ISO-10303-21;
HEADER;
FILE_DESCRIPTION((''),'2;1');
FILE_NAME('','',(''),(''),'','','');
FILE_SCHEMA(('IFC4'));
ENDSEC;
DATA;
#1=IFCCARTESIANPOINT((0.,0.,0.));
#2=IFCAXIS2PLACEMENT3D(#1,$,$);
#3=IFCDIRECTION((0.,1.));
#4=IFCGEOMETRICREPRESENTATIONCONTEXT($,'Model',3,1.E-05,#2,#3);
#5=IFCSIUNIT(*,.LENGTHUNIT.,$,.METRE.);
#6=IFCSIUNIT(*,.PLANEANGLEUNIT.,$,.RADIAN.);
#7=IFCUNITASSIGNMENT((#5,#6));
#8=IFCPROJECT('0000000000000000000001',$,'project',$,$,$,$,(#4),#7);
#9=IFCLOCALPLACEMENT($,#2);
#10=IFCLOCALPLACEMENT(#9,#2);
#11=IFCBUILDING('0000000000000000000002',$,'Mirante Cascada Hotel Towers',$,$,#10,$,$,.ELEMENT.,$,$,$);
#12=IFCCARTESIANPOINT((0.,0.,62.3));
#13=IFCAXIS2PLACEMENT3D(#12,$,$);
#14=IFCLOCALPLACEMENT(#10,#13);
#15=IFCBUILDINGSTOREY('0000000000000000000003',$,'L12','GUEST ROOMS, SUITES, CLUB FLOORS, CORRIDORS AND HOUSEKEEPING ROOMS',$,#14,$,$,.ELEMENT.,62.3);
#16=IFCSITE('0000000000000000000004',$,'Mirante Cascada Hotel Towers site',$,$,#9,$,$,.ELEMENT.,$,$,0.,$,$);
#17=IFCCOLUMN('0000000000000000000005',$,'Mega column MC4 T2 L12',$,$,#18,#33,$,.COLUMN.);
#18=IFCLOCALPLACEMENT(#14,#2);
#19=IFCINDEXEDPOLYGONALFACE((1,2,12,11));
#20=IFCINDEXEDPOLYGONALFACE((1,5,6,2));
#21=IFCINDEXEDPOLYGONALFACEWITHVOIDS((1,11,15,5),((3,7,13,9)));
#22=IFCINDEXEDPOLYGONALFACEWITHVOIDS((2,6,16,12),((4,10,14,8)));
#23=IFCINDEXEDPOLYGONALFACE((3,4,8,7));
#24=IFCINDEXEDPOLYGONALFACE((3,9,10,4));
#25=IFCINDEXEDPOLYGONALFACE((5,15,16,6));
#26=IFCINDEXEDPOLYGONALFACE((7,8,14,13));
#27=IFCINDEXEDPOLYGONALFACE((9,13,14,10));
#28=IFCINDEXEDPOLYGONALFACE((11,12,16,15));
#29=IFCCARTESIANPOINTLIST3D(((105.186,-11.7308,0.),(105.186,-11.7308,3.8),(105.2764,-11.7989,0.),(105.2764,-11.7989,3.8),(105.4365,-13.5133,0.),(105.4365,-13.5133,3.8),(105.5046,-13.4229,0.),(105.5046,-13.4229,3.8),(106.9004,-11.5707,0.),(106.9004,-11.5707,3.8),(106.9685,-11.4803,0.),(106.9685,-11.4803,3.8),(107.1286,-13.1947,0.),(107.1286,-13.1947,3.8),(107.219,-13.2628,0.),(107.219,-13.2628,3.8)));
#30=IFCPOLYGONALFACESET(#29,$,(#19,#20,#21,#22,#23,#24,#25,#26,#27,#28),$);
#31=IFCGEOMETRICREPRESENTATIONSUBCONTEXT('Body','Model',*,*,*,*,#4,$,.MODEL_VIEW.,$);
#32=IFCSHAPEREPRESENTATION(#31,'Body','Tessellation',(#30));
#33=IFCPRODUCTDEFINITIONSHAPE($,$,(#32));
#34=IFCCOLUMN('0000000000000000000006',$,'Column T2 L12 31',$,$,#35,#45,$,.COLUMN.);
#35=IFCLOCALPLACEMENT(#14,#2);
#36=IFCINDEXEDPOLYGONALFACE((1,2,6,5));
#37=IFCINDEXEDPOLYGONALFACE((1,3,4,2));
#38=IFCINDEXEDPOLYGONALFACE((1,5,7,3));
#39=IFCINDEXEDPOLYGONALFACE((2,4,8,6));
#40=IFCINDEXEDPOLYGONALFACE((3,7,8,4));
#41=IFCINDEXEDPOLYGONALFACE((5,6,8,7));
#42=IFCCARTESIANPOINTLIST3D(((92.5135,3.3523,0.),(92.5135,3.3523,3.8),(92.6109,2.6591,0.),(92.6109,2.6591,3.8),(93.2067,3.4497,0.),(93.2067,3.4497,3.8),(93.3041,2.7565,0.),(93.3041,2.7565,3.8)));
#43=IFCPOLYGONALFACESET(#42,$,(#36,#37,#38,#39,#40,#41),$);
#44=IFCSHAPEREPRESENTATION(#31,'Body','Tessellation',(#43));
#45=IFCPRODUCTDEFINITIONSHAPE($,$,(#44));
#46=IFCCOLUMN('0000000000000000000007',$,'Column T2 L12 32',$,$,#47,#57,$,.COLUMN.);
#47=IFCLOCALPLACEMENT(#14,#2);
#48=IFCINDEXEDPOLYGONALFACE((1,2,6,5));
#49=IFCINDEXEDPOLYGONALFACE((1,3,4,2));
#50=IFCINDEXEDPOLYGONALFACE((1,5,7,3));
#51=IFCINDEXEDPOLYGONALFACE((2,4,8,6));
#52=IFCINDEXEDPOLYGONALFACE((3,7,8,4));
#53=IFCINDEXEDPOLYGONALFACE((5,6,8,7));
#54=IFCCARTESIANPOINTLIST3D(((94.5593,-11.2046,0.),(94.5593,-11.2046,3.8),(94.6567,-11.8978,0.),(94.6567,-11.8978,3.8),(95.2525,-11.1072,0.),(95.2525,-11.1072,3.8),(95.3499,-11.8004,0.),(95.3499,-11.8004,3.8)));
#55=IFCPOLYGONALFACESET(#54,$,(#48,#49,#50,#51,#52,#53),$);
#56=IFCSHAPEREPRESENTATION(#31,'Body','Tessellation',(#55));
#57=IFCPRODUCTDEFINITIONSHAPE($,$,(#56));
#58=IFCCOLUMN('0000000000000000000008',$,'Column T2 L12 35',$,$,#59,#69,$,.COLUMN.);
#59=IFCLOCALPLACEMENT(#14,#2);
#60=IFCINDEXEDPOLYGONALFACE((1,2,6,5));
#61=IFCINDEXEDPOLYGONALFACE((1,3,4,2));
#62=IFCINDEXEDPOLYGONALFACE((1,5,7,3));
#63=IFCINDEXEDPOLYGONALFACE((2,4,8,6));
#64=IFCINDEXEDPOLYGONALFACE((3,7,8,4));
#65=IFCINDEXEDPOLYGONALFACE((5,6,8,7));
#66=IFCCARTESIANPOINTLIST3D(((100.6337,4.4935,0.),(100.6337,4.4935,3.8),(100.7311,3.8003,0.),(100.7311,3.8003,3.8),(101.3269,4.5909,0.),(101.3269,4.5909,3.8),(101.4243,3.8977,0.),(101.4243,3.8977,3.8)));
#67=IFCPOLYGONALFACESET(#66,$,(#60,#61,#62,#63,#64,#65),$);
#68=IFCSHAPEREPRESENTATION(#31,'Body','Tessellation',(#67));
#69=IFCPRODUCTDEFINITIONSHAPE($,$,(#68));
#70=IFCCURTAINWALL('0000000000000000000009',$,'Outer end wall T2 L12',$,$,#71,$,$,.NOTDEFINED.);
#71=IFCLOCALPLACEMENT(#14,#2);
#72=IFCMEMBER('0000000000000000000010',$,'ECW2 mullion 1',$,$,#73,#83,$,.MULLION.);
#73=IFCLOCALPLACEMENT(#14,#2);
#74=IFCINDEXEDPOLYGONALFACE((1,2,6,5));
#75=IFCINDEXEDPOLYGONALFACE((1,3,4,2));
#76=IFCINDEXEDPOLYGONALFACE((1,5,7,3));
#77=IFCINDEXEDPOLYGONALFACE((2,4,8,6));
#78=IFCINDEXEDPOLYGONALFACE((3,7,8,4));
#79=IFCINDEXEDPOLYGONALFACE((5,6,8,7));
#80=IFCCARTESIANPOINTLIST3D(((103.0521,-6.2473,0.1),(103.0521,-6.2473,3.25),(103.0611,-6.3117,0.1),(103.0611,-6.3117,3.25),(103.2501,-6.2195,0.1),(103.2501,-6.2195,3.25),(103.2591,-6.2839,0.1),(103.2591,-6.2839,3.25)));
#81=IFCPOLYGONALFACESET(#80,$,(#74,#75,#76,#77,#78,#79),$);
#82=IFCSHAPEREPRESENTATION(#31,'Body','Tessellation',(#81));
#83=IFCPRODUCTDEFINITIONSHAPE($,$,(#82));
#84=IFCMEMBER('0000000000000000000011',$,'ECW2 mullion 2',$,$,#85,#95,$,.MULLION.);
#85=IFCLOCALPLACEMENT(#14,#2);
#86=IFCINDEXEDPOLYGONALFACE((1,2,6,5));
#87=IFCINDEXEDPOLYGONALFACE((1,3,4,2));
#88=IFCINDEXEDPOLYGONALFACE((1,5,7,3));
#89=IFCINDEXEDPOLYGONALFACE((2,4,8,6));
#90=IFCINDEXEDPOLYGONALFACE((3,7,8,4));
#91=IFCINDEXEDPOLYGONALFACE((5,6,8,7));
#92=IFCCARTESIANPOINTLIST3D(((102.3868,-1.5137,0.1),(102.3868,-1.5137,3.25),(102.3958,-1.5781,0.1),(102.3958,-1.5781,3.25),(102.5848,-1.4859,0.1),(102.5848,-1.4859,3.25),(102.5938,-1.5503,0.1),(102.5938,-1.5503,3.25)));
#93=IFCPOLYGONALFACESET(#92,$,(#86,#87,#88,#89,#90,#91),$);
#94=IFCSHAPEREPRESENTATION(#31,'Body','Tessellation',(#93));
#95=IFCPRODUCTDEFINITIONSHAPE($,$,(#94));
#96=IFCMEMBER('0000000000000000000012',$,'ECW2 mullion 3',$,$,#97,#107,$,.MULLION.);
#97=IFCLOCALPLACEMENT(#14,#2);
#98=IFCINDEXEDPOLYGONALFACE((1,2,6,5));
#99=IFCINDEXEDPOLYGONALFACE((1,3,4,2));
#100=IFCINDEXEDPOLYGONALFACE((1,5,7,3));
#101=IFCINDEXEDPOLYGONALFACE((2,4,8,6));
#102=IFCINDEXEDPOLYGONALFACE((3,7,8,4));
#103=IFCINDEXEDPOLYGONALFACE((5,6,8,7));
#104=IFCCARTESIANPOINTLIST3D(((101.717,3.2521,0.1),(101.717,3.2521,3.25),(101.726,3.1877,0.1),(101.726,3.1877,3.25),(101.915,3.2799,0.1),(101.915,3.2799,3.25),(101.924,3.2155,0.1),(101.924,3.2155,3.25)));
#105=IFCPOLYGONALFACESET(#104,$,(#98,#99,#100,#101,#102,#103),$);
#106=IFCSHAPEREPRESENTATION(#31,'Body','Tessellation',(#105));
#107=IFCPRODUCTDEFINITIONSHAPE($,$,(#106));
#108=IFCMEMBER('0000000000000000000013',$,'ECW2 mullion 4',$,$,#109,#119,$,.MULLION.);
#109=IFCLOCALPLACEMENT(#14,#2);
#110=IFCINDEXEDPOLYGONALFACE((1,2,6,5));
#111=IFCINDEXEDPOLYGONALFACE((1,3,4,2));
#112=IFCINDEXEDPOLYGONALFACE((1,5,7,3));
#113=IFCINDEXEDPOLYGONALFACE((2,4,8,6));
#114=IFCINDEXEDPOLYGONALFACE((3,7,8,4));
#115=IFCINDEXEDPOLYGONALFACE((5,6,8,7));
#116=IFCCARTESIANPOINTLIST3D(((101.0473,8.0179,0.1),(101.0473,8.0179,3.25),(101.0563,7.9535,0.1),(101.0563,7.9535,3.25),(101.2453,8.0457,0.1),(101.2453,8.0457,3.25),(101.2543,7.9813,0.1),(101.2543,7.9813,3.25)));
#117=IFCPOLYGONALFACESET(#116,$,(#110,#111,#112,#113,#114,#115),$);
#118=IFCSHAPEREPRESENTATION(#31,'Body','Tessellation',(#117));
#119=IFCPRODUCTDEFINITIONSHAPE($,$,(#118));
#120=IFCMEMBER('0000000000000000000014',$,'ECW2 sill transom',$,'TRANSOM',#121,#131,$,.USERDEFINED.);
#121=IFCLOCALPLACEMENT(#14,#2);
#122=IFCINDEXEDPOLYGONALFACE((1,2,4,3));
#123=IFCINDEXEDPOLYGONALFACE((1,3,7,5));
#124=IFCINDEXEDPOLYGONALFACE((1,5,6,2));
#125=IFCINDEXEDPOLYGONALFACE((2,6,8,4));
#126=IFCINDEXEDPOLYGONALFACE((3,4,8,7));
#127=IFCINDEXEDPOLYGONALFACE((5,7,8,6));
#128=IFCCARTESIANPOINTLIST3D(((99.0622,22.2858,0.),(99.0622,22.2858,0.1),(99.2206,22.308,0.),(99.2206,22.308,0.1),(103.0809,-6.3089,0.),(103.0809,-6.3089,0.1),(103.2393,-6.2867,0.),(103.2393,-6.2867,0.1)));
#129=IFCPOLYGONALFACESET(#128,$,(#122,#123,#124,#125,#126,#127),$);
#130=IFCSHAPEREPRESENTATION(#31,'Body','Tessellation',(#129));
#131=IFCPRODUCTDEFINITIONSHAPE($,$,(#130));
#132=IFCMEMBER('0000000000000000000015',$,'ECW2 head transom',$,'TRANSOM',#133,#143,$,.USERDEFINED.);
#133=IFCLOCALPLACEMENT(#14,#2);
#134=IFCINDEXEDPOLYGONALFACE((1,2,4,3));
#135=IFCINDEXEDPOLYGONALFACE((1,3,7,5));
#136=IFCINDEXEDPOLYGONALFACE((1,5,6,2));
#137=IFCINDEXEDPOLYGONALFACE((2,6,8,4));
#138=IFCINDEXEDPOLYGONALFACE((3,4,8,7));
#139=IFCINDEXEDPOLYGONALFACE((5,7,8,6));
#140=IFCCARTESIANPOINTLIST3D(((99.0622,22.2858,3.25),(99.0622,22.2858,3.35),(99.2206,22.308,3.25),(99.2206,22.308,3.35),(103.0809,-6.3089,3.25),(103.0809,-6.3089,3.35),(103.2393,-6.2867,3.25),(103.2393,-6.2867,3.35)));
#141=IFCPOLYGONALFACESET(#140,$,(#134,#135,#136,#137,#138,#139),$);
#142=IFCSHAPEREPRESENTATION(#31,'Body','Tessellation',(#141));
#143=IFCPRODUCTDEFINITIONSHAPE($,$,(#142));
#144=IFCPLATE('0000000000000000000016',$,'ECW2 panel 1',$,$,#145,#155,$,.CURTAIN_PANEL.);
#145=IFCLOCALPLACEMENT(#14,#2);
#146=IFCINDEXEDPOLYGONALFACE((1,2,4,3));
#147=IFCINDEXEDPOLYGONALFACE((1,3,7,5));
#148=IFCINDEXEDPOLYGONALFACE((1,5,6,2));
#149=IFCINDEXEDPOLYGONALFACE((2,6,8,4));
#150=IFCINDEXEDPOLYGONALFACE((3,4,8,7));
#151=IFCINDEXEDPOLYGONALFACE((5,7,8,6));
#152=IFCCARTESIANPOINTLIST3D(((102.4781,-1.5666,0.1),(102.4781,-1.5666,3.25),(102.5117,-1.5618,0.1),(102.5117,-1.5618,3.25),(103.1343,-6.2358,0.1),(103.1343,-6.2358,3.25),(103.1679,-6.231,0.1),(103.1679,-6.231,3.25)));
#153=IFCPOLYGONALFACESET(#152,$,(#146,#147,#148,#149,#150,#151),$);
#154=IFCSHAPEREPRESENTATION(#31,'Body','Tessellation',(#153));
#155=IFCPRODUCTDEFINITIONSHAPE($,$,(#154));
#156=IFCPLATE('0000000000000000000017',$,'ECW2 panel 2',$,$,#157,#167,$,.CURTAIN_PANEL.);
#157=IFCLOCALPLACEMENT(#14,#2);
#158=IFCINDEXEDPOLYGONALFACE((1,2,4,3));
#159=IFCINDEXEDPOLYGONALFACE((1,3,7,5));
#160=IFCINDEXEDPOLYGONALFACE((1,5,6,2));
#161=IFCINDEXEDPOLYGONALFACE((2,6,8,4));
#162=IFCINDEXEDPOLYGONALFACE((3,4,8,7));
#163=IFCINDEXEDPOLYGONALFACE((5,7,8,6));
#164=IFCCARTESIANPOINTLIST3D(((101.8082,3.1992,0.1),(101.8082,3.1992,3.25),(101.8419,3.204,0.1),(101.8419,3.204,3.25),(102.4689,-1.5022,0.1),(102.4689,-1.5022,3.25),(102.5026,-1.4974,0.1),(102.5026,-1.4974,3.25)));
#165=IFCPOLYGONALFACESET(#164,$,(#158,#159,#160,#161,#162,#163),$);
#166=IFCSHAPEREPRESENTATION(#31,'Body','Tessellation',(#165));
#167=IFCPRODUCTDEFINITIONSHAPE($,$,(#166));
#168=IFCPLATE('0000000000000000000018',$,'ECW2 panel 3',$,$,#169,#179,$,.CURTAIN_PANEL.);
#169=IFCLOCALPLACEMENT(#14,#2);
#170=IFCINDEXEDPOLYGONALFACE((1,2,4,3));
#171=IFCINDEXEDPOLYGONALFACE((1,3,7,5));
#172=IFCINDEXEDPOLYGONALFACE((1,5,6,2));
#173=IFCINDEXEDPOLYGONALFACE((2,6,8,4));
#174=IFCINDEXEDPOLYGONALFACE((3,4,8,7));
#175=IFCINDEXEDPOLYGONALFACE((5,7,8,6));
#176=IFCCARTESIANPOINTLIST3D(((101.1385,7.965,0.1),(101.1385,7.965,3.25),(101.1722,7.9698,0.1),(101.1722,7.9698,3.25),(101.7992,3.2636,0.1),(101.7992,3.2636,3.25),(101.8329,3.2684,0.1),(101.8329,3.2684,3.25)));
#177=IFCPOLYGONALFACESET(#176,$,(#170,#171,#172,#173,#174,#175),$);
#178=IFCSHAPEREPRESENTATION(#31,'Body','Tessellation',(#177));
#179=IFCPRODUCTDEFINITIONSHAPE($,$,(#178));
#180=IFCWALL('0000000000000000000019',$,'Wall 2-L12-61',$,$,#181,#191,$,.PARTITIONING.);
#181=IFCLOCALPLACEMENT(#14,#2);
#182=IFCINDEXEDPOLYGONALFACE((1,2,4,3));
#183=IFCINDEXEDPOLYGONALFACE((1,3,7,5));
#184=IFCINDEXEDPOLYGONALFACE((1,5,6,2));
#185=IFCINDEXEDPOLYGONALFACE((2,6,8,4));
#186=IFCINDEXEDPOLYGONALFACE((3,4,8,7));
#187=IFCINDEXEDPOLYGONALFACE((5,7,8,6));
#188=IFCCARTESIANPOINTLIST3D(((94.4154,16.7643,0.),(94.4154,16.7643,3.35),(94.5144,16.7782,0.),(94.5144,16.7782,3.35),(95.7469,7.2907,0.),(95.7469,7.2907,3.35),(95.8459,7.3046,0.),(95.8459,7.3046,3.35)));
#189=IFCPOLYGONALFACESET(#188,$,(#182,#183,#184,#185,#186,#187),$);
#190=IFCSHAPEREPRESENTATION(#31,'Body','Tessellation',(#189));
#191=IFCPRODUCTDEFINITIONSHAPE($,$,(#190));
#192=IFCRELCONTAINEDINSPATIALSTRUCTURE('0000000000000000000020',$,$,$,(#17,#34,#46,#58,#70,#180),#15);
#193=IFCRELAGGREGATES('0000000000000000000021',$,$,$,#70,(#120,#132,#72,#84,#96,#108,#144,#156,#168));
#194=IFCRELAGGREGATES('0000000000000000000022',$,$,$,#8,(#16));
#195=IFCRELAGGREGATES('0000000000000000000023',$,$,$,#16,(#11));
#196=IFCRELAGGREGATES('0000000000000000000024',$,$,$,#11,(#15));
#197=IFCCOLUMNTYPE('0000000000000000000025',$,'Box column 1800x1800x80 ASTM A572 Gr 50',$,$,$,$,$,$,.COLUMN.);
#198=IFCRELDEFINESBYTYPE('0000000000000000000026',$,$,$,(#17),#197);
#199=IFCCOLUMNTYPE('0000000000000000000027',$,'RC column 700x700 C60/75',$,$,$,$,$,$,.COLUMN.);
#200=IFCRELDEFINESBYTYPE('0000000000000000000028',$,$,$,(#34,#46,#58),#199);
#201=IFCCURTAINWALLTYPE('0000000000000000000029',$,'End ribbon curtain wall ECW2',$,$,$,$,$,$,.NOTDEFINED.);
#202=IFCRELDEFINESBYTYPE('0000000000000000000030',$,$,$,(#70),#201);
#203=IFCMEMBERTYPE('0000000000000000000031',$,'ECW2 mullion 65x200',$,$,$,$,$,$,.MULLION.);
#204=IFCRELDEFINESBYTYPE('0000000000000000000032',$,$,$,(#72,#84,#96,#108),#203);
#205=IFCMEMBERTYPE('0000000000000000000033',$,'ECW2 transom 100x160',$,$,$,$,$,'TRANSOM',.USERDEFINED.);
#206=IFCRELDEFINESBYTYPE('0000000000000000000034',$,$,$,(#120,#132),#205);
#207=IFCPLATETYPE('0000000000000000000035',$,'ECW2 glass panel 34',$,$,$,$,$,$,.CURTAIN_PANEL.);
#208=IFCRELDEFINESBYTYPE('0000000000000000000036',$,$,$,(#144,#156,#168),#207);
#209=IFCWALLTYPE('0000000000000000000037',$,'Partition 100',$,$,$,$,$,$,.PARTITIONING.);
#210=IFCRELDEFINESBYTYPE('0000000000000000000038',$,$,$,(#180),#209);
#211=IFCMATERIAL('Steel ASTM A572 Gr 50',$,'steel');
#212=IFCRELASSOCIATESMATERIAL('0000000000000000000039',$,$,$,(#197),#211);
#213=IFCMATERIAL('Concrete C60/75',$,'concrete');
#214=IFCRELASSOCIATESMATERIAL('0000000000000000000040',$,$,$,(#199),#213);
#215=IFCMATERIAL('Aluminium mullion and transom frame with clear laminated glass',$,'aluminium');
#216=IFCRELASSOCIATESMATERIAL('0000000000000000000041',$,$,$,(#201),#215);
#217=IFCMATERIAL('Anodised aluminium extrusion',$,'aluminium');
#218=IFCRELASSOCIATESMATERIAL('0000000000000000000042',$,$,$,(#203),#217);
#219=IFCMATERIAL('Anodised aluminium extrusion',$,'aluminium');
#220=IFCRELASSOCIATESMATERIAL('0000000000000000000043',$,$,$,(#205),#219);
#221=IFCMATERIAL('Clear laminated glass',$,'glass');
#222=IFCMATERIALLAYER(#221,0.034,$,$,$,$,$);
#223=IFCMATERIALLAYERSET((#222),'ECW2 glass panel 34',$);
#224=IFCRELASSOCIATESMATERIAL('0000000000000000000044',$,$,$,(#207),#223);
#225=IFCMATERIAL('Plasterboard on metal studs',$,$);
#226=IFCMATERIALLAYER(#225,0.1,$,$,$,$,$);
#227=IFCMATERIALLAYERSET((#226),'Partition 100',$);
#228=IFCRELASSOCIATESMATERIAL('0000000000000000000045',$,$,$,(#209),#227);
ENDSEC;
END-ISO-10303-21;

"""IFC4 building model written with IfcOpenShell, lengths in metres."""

from ifc_helpers import new_model, si_unit, direction, frame, frame_2d, origin, origin_2d, place, context, subcontext, project, spatial, rectangle, hollow_rectangle, extrude, material, layer, layer_set, material_profile, profile_set, type_object, element, aggregate, save


model = new_model("IFC4")

# Units and contexts
model_context = context("Model", 3, precision=1e-05, world=origin(), true_north=direction((0.0, 1.0)))
body_context = subcontext(model_context, "Body", "Model", "MODEL_VIEW")
ifc_project = project(units=[si_unit("LENGTHUNIT", "METRE"), si_unit("PLANEANGLEUNIT", "RADIAN")], contexts=[model_context])

# Site, building, storey
site_placement = place(None, origin())
site = spatial("IfcSite", under=ifc_project, at=site_placement, Name="Mirante Cascada Hotel Towers site", CompositionType="ELEMENT", RefElevation=0.0)
building_placement = place(site_placement, origin())
building = spatial("IfcBuilding", under=site, at=building_placement, Name="Mirante Cascada Hotel Towers", CompositionType="ELEMENT")
storey_placement = place(building_placement, frame((0.0, 0.0, 62.3)))
storey = spatial("IfcBuildingStorey", under=building, at=storey_placement, Name="L12", Description="GUEST ROOMS, SUITES, CLUB FLOORS, CORRIDORS AND HOUSEKEEPING ROOMS", CompositionType="ELEMENT", Elevation=62.3)

# Columns
ifc_material_1 = material(Name="Steel ASTM A572 Gr 50", Category="steel")
ifc_material_profile_1 = material_profile(ifc_material_1, hollow_rectangle(XDim=1.8, YDim=1.8, WallThickness=0.08, at=origin_2d()), Name="Box column 1800x1800x80 ASTM A572 Gr 50")
ifc_profile_set_1 = profile_set([ifc_material_profile_1], Name="Steel ASTM A572 Gr 50")
column_type_1 = type_object("IfcColumnType", Name="Box column 1800x1800x80 ASTM A572 Gr 50", PredefinedType="COLUMN", material=ifc_profile_set_1)
column_placement = place(storey_placement, frame((106.2025, -12.4968, 0.0), z_axis=(0.0, 0.0, 1.0), x_axis=(0.990268, 0.139173, 0.0)))
element("IfcColumn", 1, at=column_placement, inside=storey, type_object=column_type_1, Name="Mega column MC4 T2 L12", PredefinedType="COLUMN", context=body_context, shape_type="SweptSolid", body=[
    extrude(hollow_rectangle(XDim=1.8, YDim=1.8, WallThickness=0.08, at=origin_2d()), origin(), (0.0, 0.0, 1.0), 3.8),
])
ifc_material_2 = material(Name="Concrete C60/75", Category="concrete")
ifc_material_profile_2 = material_profile(ifc_material_2, rectangle(XDim=0.7, YDim=0.7, at=origin_2d()), Name="RC column 700x700 C60/75")
ifc_profile_set_2 = profile_set([ifc_material_profile_2], Name="Concrete C60/75")
column_type_2 = type_object("IfcColumnType", Name="RC column 700x700 C60/75", PredefinedType="COLUMN", material=ifc_profile_set_2)
for number, where, z_axis, x_axis, name in (
    (2, (92.9088, 3.0544, 0.0), (0.0, 0.0, 1.0), (0.990268, 0.139173, 0.0), "Column T2 L12 31"),
    (3, (94.9546, -11.5025, 0.0), (0.0, 0.0, 1.0), (0.990268, 0.139173, 0.0), "Column T2 L12 32"),
    (4, (101.029, 4.1956, 0.0), (0.0, 0.0, 1.0), (0.990268, 0.139173, 0.0), "Column T2 L12 35"),
):
    element("IfcColumn", number, at=place(storey_placement, frame(where, z_axis=z_axis, x_axis=x_axis)), inside=storey, type_object=column_type_2, Name=name, PredefinedType="COLUMN", context=body_context, shape_type="SweptSolid", body=[
        extrude(rectangle(XDim=0.7, YDim=0.7, at=origin_2d()), origin(), (0.0, 0.0, 1.0), 3.8),
    ])

# Curtain wall, members, plates
ifc_material_3 = material(Name="Aluminium mullion and transom frame with clear laminated glass", Category="aluminium")
curtain_wall_type = type_object("IfcCurtainWallType", Name="End ribbon curtain wall ECW2", PredefinedType="NOTDEFINED", material=ifc_material_3)
curtain_wall_placement = place(storey_placement, origin())
curtain_wall = element("IfcCurtainWall", 5, at=curtain_wall_placement, inside=storey, type_object=curtain_wall_type, Name="Outer end wall T2 L12", PredefinedType="NOTDEFINED")
ifc_material_4 = material(Name="Anodised aluminium extrusion", Category="aluminium")
ifc_material_profile_3 = material_profile(ifc_material_4, rectangle(XDim=0.2, YDim=0.065, at=origin_2d()), Name="ECW2 MULLION 65x200")
ifc_profile_set_3 = profile_set([ifc_material_profile_3], Name="Anodised aluminium extrusion")
member_type_1 = type_object("IfcMemberType", Name="ECW2 mullion 65x200", PredefinedType="MULLION", material=ifc_profile_set_3)
member_1_placement = place(storey_placement, frame((103.1556, -6.2656, 0.1), z_axis=(0.0, 0.0, 1.0), x_axis=(-0.990268, -0.139173, 0.0)))
member_1 = element("IfcMember", 6, at=member_1_placement, type_object=member_type_1, Name="ECW2 mullion 1", PredefinedType="MULLION", context=body_context, shape_type="SweptSolid", body=[
    extrude(rectangle(XDim=0.2, YDim=0.065, at=origin_2d()), origin(), (0.0, 0.0, 1.0), 3.15),
])
member_2_placement = place(storey_placement, frame((102.4903, -1.532, 0.1), z_axis=(0.0, 0.0, 1.0), x_axis=(-0.990268, -0.139173, 0.0)))
member_2 = element("IfcMember", 7, at=member_2_placement, type_object=member_type_1, Name="ECW2 mullion 2", PredefinedType="MULLION", context=body_context, shape_type="SweptSolid", body=[
    extrude(rectangle(XDim=0.2, YDim=0.065, at=origin_2d()), origin(), (0.0, 0.0, 1.0), 3.15),
])
member_3_placement = place(storey_placement, frame((101.8205, 3.2338, 0.1), z_axis=(0.0, 0.0, 1.0), x_axis=(-0.990268, -0.139173, 0.0)))
member_3 = element("IfcMember", 8, at=member_3_placement, type_object=member_type_1, Name="ECW2 mullion 3", PredefinedType="MULLION", context=body_context, shape_type="SweptSolid", body=[
    extrude(rectangle(XDim=0.2, YDim=0.065, at=origin_2d()), origin(), (0.0, 0.0, 1.0), 3.15),
])
member_4_placement = place(storey_placement, frame((101.1508, 7.9996, 0.1), z_axis=(0.0, 0.0, 1.0), x_axis=(-0.990268, -0.139173, 0.0)))
member_4 = element("IfcMember", 9, at=member_4_placement, type_object=member_type_1, Name="ECW2 mullion 4", PredefinedType="MULLION", context=body_context, shape_type="SweptSolid", body=[
    extrude(rectangle(XDim=0.2, YDim=0.065, at=origin_2d()), origin(), (0.0, 0.0, 1.0), 3.15),
])
ifc_material_5 = material(Name="Anodised aluminium extrusion", Category="aluminium")
ifc_material_profile_4 = material_profile(ifc_material_5, rectangle(XDim=0.16, YDim=0.1, at=origin_2d()), Name="ECW2 TRANSOM 100x160")
ifc_profile_set_4 = profile_set([ifc_material_profile_4], Name="Anodised aluminium extrusion")
member_type_2 = type_object("IfcMemberType", Name="ECW2 transom 100x160", ElementType="TRANSOM", PredefinedType="USERDEFINED", material=ifc_profile_set_4)
member_5_placement = place(storey_placement, frame((103.1601, -6.2978, 0.05), z_axis=(-0.139172, 0.990268, 0.0), x_axis=(-0.990268, -0.139172, 0.0)))
member_5 = element("IfcMember", 10, at=member_5_placement, type_object=member_type_2, Name="ECW2 sill transom", ObjectType="TRANSOM", PredefinedType="USERDEFINED", context=body_context, shape_type="SweptSolid", body=[
    extrude(rectangle(XDim=0.16, YDim=0.1, at=origin_2d()), origin(), (0.0, 0.0, 1.0), 28.8757),
])
member_6_placement = place(storey_placement, frame((103.1601, -6.2978, 3.3), z_axis=(-0.139172, 0.990268, 0.0), x_axis=(-0.990268, -0.139172, 0.0)))
member_6 = element("IfcMember", 11, at=member_6_placement, type_object=member_type_2, Name="ECW2 head transom", ObjectType="TRANSOM", PredefinedType="USERDEFINED", context=body_context, shape_type="SweptSolid", body=[
    extrude(rectangle(XDim=0.16, YDim=0.1, at=origin_2d()), origin(), (0.0, 0.0, 1.0), 28.8757),
])
ifc_material_6 = material(Name="Clear laminated glass", Category="glass")
ifc_layer_1 = layer(ifc_material_6, 0.034)
ifc_layer_set_1 = layer_set([ifc_layer_1], Name="ECW2 glass panel 34")
plate_type = type_object("IfcPlateType", Name="ECW2 glass panel 34", PredefinedType="CURTAIN_PANEL", material=ifc_layer_set_1)
plate_1_placement = place(storey_placement, frame((102.823, -3.8988, 0.1), z_axis=(0.0, 0.0, 1.0), x_axis=(-0.139173, 0.990268, 0.0)))
plate_1 = element("IfcPlate", 12, at=plate_1_placement, type_object=plate_type, Name="ECW2 panel 1", PredefinedType="CURTAIN_PANEL", context=body_context, shape_type="SweptSolid", body=[
    extrude(rectangle(XDim=4.7151, YDim=0.034, at=origin_2d()), origin(), (0.0, 0.0, 1.0), 3.15),
])
plate_2_placement = place(storey_placement, frame((102.1554, 0.8509, 0.1), z_axis=(0.0, 0.0, 1.0), x_axis=(-0.139173, 0.990268, 0.0)))
plate_2 = element("IfcPlate", 13, at=plate_2_placement, type_object=plate_type, Name="ECW2 panel 2", PredefinedType="CURTAIN_PANEL", context=body_context, shape_type="SweptSolid", body=[
    extrude(rectangle(XDim=4.7476, YDim=0.034, at=origin_2d()), origin(), (0.0, 0.0, 1.0), 3.15),
])
plate_3_placement = place(storey_placement, frame((101.4857, 5.6167, 0.1), z_axis=(0.0, 0.0, 1.0), x_axis=(-0.139173, 0.990268, 0.0)))
plate_3 = element("IfcPlate", 14, at=plate_3_placement, type_object=plate_type, Name="ECW2 panel 3", PredefinedType="CURTAIN_PANEL", context=body_context, shape_type="SweptSolid", body=[
    extrude(rectangle(XDim=4.7476, YDim=0.034, at=origin_2d()), origin(), (0.0, 0.0, 1.0), 3.15),
])
aggregate(curtain_wall, [member_5, member_6, member_1, member_2, member_3, member_4, plate_1, plate_2, plate_3])

# Wall
ifc_material_7 = material(Name="Plasterboard on metal studs")
ifc_layer_2 = layer(ifc_material_7, 0.1)
ifc_layer_set_2 = layer_set([ifc_layer_2], Name="Partition 100")
wall_type_1 = type_object("IfcWallType", Name="Partition 100", PredefinedType="PARTITIONING", material=ifc_layer_set_2)
wall_1_placement = place(storey_placement, frame((95.7964, 7.2976, 0.0), z_axis=(0.0, 0.0, 1.0), x_axis=(-0.139181, 0.990267, 0.0)))
element("IfcWall", 15, at=wall_1_placement, inside=storey, type_object=wall_type_1, Name="Wall 2-L12-61", PredefinedType="PARTITIONING", context=body_context, shape_type="SweptSolid", body=[
    extrude(rectangle(XDim=9.5667, YDim=0.1, at=frame_2d((4.7834, 0.0))), origin(), (0.0, 0.0, 1.0), 3.35),
])

save(model, "model.ifc")
